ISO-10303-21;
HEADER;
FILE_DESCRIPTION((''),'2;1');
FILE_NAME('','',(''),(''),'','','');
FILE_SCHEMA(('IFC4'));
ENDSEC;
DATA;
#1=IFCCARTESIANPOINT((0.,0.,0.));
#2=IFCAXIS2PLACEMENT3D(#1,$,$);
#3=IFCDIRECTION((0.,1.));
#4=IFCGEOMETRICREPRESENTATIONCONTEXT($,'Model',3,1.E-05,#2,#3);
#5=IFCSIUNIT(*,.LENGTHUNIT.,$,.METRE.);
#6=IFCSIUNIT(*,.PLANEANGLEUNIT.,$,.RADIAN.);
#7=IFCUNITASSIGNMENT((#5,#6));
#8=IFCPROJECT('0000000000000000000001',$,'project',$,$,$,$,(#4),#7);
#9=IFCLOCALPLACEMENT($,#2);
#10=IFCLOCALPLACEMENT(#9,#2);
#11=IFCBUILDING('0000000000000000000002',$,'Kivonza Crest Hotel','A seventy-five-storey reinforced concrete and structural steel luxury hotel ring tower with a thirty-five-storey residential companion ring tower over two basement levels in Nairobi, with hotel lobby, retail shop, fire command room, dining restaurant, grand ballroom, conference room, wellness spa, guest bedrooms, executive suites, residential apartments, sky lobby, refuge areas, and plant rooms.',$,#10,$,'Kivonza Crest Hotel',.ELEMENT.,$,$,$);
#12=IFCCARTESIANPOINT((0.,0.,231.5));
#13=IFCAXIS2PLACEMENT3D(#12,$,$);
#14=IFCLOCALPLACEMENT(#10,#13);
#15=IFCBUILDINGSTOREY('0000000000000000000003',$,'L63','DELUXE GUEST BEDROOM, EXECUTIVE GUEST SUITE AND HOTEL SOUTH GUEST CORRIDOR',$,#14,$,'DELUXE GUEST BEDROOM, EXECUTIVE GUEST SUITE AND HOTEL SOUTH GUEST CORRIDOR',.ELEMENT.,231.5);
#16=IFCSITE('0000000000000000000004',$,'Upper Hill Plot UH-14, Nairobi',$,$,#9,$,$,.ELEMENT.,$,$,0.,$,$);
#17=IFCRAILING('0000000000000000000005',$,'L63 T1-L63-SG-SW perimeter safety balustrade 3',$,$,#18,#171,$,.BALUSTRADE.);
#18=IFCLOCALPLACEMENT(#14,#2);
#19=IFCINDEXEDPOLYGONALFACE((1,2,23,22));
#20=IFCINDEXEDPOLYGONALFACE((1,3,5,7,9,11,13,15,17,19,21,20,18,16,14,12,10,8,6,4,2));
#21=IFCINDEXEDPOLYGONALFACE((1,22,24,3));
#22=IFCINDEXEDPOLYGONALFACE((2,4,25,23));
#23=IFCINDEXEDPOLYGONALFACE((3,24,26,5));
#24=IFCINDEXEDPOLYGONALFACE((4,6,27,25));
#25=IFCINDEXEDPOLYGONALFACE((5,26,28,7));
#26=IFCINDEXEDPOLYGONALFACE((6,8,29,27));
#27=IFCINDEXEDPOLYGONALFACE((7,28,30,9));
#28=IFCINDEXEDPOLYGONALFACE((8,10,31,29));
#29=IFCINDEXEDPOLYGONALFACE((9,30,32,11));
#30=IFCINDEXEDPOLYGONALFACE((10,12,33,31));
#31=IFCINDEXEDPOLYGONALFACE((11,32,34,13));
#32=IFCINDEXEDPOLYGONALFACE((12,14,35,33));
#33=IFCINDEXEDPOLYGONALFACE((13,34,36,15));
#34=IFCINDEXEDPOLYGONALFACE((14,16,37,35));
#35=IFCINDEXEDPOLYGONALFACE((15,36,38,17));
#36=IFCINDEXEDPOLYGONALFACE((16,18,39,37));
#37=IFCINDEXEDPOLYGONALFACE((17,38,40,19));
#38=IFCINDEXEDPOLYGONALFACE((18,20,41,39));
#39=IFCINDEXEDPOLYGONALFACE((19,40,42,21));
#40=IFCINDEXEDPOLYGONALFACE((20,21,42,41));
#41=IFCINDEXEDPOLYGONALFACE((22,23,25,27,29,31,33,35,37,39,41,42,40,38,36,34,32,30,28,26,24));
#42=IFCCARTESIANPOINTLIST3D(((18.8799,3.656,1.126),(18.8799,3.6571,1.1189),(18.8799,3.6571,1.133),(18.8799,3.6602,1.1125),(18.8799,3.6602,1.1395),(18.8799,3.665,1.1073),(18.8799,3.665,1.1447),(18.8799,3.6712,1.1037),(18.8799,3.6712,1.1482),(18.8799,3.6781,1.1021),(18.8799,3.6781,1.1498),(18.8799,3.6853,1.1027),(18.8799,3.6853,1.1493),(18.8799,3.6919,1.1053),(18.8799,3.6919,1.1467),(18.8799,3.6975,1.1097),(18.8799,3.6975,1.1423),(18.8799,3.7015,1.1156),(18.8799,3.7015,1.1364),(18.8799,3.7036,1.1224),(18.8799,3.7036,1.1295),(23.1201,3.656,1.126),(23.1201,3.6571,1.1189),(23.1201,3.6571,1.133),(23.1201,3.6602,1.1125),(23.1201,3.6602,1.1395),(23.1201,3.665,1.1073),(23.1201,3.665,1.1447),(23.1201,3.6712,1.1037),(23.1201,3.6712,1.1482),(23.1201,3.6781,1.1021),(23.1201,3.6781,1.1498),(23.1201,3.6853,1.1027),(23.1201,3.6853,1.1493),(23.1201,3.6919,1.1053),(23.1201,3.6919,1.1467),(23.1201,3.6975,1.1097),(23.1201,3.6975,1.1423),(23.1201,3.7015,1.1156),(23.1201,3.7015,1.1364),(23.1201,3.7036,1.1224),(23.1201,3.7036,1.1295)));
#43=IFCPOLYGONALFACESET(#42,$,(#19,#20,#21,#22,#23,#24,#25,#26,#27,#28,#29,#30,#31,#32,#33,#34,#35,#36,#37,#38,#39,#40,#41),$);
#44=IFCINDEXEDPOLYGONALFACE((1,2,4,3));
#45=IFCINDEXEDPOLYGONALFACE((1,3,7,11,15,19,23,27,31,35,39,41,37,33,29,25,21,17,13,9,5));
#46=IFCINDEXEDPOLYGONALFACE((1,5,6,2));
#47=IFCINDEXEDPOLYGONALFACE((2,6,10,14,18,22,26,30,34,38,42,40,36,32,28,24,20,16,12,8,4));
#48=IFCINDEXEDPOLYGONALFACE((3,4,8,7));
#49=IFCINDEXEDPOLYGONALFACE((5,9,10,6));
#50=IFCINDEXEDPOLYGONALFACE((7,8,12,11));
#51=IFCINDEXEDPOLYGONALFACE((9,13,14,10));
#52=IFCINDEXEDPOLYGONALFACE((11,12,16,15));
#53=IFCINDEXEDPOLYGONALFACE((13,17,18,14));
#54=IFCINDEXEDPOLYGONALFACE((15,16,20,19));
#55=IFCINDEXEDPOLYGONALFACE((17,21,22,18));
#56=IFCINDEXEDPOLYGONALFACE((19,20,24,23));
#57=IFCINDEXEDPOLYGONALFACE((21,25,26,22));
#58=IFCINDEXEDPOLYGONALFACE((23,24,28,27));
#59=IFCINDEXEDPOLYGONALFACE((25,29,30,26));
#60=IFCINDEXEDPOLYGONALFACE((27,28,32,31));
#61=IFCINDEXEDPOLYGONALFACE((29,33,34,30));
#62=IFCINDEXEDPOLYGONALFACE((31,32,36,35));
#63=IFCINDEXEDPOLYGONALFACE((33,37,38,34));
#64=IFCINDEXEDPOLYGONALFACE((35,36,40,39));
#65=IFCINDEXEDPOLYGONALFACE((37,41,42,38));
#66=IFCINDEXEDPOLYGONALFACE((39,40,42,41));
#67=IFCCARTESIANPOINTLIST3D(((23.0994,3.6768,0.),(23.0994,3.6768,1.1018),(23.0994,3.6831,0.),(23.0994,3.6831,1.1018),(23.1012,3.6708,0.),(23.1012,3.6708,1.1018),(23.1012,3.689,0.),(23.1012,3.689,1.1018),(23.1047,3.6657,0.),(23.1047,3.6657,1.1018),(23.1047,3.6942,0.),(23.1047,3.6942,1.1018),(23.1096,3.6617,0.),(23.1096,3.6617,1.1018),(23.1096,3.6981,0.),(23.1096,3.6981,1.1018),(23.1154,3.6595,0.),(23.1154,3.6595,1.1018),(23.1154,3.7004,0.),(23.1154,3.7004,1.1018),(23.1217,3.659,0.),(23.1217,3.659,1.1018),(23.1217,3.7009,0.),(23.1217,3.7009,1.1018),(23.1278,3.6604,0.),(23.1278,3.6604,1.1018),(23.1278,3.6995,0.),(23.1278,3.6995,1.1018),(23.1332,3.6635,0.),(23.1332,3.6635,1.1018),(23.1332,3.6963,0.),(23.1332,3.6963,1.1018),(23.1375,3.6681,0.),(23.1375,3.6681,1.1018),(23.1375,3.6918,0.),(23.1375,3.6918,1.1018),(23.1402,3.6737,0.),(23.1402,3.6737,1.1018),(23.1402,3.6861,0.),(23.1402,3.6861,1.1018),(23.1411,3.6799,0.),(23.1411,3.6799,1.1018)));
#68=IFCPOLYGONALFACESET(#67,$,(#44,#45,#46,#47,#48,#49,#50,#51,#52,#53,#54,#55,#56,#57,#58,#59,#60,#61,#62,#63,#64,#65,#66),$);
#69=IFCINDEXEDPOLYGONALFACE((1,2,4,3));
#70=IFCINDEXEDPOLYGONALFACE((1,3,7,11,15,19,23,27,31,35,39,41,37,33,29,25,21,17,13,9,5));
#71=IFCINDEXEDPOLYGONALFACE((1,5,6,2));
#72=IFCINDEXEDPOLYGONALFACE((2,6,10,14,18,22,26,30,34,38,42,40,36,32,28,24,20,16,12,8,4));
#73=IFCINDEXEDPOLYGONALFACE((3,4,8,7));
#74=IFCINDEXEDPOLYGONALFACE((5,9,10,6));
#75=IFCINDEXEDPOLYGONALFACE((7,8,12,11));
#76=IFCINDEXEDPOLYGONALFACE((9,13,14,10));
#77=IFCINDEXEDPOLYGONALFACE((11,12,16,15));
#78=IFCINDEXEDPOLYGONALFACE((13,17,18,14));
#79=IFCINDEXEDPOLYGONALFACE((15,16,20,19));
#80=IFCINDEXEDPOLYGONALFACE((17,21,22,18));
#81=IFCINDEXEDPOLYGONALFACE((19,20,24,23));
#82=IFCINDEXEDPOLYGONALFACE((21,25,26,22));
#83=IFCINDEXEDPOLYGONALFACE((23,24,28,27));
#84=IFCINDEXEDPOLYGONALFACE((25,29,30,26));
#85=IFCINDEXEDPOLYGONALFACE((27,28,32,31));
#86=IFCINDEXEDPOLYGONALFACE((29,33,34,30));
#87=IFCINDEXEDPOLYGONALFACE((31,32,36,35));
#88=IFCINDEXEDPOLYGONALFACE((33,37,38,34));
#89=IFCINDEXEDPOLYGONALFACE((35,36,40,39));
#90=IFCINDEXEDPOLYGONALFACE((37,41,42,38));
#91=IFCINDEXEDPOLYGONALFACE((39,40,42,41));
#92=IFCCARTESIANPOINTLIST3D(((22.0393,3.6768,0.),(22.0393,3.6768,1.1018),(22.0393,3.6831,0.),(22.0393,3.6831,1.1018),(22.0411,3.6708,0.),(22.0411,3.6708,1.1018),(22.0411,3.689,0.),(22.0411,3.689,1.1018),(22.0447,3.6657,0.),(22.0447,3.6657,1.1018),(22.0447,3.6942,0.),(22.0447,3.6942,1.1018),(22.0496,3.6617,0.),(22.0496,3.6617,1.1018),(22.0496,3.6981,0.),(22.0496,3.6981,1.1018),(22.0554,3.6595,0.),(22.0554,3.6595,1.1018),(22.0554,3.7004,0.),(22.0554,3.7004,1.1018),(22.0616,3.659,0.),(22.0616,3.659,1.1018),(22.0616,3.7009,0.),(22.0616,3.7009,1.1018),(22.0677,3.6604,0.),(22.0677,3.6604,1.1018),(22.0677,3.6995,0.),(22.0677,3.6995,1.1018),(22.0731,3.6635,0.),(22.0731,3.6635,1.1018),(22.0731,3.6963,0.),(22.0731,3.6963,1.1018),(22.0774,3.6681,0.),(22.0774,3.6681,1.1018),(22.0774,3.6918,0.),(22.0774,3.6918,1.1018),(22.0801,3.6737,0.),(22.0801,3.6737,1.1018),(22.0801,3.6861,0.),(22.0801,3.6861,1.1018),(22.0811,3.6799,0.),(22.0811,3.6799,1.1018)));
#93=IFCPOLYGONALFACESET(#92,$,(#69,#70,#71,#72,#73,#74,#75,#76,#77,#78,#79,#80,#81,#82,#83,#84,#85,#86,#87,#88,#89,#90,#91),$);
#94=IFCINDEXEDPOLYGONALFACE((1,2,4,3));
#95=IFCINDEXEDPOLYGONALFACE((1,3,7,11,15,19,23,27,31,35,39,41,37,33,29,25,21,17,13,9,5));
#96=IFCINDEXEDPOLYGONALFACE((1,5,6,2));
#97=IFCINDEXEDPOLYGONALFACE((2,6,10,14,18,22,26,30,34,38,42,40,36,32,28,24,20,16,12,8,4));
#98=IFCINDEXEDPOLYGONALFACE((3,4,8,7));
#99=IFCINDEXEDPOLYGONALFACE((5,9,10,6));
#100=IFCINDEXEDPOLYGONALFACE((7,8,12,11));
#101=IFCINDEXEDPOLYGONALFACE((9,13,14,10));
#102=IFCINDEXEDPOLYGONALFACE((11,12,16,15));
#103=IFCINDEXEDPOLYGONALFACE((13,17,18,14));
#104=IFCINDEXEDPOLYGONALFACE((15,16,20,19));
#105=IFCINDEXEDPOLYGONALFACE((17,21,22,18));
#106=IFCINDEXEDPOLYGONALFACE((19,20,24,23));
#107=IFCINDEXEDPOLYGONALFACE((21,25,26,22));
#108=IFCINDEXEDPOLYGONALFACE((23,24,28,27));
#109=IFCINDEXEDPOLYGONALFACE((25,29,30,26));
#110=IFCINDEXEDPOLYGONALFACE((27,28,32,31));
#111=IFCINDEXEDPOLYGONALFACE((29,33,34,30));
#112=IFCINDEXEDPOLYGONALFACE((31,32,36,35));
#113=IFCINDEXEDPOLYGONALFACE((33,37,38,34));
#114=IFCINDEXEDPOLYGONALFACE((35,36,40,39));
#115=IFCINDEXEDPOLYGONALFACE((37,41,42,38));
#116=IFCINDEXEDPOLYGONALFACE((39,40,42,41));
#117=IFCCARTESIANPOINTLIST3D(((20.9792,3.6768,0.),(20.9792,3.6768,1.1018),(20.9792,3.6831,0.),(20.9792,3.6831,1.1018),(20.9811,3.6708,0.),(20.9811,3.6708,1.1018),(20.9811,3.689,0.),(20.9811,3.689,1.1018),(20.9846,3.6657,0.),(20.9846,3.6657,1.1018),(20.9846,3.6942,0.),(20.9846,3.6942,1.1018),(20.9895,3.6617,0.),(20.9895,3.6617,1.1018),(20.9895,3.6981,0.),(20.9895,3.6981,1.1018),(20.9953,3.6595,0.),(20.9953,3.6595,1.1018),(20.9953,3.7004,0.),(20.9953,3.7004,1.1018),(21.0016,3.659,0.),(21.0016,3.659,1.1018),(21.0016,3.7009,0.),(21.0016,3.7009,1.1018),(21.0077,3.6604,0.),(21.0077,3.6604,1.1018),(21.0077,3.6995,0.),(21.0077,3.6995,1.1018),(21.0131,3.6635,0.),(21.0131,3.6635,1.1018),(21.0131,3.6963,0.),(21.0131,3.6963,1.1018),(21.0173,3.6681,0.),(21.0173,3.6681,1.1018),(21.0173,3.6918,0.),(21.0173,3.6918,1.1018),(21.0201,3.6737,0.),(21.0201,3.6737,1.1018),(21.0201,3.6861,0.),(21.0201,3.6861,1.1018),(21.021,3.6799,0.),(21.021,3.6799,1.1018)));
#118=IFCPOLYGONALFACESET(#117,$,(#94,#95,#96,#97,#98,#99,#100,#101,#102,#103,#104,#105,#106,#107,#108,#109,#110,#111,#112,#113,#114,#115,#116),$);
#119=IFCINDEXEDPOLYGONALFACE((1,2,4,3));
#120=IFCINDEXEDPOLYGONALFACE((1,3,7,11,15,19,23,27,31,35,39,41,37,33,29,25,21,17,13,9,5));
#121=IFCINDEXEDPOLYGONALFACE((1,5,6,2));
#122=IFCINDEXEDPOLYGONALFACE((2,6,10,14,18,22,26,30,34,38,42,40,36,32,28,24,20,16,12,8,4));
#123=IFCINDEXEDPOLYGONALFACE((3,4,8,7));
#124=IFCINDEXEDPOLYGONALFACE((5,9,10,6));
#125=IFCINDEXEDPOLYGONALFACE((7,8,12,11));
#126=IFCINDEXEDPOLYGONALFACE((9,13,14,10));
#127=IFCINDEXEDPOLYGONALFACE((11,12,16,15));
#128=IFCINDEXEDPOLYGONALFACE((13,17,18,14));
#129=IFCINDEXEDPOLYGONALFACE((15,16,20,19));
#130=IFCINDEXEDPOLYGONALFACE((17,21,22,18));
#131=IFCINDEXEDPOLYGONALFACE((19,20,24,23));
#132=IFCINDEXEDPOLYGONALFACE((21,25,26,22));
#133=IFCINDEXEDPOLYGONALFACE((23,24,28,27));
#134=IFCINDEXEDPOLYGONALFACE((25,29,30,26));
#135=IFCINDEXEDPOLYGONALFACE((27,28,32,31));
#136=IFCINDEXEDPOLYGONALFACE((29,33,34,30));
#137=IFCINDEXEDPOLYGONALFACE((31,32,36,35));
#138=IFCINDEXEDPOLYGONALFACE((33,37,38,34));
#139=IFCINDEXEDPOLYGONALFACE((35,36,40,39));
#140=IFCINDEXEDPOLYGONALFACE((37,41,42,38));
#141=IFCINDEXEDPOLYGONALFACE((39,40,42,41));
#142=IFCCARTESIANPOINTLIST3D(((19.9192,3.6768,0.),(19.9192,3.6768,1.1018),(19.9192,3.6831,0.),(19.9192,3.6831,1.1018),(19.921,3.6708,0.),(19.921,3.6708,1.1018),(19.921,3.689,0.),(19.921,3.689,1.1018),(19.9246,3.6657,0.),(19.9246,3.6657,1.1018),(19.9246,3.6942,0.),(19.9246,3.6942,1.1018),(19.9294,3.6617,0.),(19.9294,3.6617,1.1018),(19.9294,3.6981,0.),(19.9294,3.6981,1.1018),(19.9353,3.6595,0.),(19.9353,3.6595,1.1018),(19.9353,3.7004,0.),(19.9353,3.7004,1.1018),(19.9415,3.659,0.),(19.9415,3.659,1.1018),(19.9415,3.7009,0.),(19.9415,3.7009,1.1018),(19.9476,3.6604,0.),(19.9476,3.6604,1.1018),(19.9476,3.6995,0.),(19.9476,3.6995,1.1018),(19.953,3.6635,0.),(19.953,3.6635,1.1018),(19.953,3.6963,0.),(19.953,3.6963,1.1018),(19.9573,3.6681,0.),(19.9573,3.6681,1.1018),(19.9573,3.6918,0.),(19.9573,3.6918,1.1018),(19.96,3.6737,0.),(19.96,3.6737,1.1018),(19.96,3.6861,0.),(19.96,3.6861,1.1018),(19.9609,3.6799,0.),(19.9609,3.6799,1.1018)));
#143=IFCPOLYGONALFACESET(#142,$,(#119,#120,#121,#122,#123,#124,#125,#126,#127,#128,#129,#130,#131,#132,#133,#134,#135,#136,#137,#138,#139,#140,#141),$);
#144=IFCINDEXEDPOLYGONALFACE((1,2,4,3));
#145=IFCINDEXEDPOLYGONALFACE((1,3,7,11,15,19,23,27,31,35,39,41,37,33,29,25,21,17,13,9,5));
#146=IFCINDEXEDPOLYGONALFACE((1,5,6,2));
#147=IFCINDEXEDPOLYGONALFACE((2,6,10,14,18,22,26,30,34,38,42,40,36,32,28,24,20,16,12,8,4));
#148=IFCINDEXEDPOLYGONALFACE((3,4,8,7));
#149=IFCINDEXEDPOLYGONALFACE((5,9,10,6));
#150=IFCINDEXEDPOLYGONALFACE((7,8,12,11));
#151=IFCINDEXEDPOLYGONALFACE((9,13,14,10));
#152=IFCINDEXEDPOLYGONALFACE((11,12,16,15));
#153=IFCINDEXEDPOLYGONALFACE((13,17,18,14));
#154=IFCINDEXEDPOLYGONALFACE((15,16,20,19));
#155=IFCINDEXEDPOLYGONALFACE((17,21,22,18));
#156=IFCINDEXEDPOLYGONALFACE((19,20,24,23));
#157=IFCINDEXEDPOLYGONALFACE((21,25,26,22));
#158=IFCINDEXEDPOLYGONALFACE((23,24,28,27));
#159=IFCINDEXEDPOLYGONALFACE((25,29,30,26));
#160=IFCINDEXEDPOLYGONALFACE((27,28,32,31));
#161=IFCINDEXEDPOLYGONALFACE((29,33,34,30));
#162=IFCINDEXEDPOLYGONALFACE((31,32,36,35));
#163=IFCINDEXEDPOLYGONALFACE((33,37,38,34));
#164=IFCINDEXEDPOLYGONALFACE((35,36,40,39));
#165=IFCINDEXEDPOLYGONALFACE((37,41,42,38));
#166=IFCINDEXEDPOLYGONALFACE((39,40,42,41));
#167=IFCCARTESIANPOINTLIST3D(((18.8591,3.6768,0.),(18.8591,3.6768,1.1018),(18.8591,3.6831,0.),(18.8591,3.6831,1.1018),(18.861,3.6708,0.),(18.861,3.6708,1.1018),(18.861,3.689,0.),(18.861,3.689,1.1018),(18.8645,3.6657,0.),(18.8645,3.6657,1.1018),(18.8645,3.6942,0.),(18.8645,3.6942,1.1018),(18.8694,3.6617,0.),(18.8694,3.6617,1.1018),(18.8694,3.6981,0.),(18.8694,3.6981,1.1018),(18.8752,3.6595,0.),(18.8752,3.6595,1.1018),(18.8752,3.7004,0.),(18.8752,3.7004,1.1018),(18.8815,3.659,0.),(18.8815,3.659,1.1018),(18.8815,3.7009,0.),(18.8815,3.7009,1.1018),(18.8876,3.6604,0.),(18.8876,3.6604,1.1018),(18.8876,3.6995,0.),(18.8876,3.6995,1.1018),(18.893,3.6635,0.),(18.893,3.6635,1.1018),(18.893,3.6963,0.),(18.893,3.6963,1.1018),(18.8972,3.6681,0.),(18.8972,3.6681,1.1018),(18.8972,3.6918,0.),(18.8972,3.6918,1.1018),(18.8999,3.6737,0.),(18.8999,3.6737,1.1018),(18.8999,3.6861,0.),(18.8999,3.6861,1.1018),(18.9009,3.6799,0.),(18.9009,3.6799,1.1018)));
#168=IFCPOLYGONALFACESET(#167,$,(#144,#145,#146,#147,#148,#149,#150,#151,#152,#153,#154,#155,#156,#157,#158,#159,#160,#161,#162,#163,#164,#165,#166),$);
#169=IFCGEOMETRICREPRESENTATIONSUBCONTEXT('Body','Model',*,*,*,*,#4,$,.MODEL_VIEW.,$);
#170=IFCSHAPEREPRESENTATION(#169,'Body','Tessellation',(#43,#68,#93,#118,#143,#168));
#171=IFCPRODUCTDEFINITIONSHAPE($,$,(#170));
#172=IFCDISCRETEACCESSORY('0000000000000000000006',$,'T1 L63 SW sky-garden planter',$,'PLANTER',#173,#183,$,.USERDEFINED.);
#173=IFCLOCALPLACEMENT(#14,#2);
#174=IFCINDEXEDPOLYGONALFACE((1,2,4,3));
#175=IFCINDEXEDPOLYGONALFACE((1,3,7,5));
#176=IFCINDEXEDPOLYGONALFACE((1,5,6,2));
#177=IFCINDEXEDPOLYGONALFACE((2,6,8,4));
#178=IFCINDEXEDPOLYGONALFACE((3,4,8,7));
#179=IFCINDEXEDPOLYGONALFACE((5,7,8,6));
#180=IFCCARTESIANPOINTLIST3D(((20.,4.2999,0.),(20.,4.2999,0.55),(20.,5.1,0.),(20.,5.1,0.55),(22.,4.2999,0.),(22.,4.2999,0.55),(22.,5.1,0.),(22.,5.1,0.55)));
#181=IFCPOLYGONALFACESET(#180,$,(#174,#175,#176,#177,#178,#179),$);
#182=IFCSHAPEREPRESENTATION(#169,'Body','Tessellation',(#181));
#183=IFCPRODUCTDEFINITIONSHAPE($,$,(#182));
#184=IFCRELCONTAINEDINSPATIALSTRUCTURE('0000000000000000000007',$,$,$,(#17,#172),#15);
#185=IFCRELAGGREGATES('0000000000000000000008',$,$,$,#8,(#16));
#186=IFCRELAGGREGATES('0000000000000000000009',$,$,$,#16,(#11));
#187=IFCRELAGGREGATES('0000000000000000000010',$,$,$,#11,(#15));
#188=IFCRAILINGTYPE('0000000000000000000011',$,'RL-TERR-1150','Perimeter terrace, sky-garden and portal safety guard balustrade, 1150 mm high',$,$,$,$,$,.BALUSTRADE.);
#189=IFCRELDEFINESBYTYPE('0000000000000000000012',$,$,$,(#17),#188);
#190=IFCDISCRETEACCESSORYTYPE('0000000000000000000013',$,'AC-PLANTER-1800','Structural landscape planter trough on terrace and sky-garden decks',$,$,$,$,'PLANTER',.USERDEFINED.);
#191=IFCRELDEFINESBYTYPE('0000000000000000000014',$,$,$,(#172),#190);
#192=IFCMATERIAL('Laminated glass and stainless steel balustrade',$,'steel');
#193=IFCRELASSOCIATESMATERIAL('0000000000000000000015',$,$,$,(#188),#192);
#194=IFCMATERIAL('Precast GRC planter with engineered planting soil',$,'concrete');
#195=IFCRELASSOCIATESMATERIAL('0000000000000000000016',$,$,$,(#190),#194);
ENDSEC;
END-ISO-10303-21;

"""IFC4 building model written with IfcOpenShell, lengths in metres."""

from ifc_helpers import new_model, si_unit, direction, frame, origin, origin_2d, place, context, subcontext, project, spatial, rectangle, circle, extrude, material, type_object, element, save


model = new_model("IFC4")

# Units and contexts
model_context = context("Model", 3, precision=1e-05, world=origin(), true_north=direction((0.0, 1.0)))
body_context = subcontext(model_context, "Body", "Model", "MODEL_VIEW")
ifc_project = project(units=[si_unit("LENGTHUNIT", "METRE"), si_unit("PLANEANGLEUNIT", "RADIAN")], contexts=[model_context])

# Site, building, storey
site_placement = place(None, origin())
site = spatial("IfcSite", under=ifc_project, at=site_placement, Name="Upper Hill Plot UH-14, Nairobi", CompositionType="ELEMENT", RefElevation=0.0)
building_placement = place(site_placement, origin())
building = spatial("IfcBuilding", under=site, at=building_placement, Name="Kivonza Crest Hotel", Description="A seventy-five-storey reinforced concrete and structural steel luxury hotel ring tower with a thirty-five-storey residential companion ring tower over two basement levels in Nairobi, with hotel lobby, retail shop, fire command room, dining restaurant, grand ballroom, conference room, wellness spa, guest bedrooms, executive suites, residential apartments, sky lobby, refuge areas, and plant rooms.", LongName="Kivonza Crest Hotel", CompositionType="ELEMENT")
storey_placement = place(building_placement, frame((0.0, 0.0, 231.5)))
storey = spatial("IfcBuildingStorey", under=building, at=storey_placement, Name="L63", Description="DELUXE GUEST BEDROOM, EXECUTIVE GUEST SUITE AND HOTEL SOUTH GUEST CORRIDOR", LongName="DELUXE GUEST BEDROOM, EXECUTIVE GUEST SUITE AND HOTEL SOUTH GUEST CORRIDOR", CompositionType="ELEMENT", Elevation=231.5)

# Railing
ifc_material_1 = material(Name="Laminated glass and stainless steel balustrade", Category="steel")
railing_type = type_object("IfcRailingType", Name="RL-TERR-1150", Description="Perimeter terrace, sky-garden and portal safety guard balustrade, 1150 mm high", PredefinedType="BALUSTRADE", material=ifc_material_1)
railing_1_placement = place(storey_placement, frame((23.1201, 3.6799, 0.0)))
element("IfcRailing", 1, at=railing_1_placement, inside=storey, type_object=railing_type, Name="L63 T1-L63-SG-SW perimeter safety balustrade 3", PredefinedType="BALUSTRADE", context=body_context, shape_type="SweptSolid", body=[
    extrude(circle(Radius=0.0239, at=origin_2d()), frame((0.0, 0.0, 1.126), z_axis=(-1.0, 0.0, 0.0), x_axis=(0.0, -1.0, 0.0)), (0.0, 0.0, 1.0), 4.2402),
    extrude(circle(Radius=0.021, at=origin_2d()), origin(), (0.0, 0.0, 1.0), 1.1018),
    extrude(circle(Radius=0.021, at=origin_2d()), frame((-1.0601, 0.0, 0.0)), (0.0, 0.0, 1.0), 1.1018),
    extrude(circle(Radius=0.021, at=origin_2d()), frame((-2.1201, 0.0, 0.0)), (0.0, 0.0, 1.0), 1.1018),
    extrude(circle(Radius=0.021, at=origin_2d()), frame((-3.1802, 0.0, 0.0)), (0.0, 0.0, 1.0), 1.1018),
    extrude(circle(Radius=0.021, at=origin_2d()), frame((-4.2402, 0.0, 0.0)), (0.0, 0.0, 1.0), 1.1018),
])

# Discrete accessory
ifc_material_2 = material(Name="Precast GRC planter with engineered planting soil", Category="concrete")
discrete_accessory_type = type_object("IfcDiscreteAccessoryType", Name="AC-PLANTER-1800", Description="Structural landscape planter trough on terrace and sky-garden decks", ElementType="PLANTER", PredefinedType="USERDEFINED", material=ifc_material_2)
discrete_accessory_placement = place(storey_placement, frame((21.0, 4.7, 0.0), z_axis=(0.0, 0.0, 1.0), x_axis=(1.0, 0.0, 0.0)))
element("IfcDiscreteAccessory", 2, at=discrete_accessory_placement, inside=storey, type_object=discrete_accessory_type, Name="T1 L63 SW sky-garden planter", ObjectType="PLANTER", PredefinedType="USERDEFINED", context=body_context, shape_type="SweptSolid", body=[
    extrude(rectangle(XDim=2.0, YDim=0.8, at=origin_2d()), origin(), (0.0, 0.0, 1.0), 0.55),
])

save(model, "model.ifc")
